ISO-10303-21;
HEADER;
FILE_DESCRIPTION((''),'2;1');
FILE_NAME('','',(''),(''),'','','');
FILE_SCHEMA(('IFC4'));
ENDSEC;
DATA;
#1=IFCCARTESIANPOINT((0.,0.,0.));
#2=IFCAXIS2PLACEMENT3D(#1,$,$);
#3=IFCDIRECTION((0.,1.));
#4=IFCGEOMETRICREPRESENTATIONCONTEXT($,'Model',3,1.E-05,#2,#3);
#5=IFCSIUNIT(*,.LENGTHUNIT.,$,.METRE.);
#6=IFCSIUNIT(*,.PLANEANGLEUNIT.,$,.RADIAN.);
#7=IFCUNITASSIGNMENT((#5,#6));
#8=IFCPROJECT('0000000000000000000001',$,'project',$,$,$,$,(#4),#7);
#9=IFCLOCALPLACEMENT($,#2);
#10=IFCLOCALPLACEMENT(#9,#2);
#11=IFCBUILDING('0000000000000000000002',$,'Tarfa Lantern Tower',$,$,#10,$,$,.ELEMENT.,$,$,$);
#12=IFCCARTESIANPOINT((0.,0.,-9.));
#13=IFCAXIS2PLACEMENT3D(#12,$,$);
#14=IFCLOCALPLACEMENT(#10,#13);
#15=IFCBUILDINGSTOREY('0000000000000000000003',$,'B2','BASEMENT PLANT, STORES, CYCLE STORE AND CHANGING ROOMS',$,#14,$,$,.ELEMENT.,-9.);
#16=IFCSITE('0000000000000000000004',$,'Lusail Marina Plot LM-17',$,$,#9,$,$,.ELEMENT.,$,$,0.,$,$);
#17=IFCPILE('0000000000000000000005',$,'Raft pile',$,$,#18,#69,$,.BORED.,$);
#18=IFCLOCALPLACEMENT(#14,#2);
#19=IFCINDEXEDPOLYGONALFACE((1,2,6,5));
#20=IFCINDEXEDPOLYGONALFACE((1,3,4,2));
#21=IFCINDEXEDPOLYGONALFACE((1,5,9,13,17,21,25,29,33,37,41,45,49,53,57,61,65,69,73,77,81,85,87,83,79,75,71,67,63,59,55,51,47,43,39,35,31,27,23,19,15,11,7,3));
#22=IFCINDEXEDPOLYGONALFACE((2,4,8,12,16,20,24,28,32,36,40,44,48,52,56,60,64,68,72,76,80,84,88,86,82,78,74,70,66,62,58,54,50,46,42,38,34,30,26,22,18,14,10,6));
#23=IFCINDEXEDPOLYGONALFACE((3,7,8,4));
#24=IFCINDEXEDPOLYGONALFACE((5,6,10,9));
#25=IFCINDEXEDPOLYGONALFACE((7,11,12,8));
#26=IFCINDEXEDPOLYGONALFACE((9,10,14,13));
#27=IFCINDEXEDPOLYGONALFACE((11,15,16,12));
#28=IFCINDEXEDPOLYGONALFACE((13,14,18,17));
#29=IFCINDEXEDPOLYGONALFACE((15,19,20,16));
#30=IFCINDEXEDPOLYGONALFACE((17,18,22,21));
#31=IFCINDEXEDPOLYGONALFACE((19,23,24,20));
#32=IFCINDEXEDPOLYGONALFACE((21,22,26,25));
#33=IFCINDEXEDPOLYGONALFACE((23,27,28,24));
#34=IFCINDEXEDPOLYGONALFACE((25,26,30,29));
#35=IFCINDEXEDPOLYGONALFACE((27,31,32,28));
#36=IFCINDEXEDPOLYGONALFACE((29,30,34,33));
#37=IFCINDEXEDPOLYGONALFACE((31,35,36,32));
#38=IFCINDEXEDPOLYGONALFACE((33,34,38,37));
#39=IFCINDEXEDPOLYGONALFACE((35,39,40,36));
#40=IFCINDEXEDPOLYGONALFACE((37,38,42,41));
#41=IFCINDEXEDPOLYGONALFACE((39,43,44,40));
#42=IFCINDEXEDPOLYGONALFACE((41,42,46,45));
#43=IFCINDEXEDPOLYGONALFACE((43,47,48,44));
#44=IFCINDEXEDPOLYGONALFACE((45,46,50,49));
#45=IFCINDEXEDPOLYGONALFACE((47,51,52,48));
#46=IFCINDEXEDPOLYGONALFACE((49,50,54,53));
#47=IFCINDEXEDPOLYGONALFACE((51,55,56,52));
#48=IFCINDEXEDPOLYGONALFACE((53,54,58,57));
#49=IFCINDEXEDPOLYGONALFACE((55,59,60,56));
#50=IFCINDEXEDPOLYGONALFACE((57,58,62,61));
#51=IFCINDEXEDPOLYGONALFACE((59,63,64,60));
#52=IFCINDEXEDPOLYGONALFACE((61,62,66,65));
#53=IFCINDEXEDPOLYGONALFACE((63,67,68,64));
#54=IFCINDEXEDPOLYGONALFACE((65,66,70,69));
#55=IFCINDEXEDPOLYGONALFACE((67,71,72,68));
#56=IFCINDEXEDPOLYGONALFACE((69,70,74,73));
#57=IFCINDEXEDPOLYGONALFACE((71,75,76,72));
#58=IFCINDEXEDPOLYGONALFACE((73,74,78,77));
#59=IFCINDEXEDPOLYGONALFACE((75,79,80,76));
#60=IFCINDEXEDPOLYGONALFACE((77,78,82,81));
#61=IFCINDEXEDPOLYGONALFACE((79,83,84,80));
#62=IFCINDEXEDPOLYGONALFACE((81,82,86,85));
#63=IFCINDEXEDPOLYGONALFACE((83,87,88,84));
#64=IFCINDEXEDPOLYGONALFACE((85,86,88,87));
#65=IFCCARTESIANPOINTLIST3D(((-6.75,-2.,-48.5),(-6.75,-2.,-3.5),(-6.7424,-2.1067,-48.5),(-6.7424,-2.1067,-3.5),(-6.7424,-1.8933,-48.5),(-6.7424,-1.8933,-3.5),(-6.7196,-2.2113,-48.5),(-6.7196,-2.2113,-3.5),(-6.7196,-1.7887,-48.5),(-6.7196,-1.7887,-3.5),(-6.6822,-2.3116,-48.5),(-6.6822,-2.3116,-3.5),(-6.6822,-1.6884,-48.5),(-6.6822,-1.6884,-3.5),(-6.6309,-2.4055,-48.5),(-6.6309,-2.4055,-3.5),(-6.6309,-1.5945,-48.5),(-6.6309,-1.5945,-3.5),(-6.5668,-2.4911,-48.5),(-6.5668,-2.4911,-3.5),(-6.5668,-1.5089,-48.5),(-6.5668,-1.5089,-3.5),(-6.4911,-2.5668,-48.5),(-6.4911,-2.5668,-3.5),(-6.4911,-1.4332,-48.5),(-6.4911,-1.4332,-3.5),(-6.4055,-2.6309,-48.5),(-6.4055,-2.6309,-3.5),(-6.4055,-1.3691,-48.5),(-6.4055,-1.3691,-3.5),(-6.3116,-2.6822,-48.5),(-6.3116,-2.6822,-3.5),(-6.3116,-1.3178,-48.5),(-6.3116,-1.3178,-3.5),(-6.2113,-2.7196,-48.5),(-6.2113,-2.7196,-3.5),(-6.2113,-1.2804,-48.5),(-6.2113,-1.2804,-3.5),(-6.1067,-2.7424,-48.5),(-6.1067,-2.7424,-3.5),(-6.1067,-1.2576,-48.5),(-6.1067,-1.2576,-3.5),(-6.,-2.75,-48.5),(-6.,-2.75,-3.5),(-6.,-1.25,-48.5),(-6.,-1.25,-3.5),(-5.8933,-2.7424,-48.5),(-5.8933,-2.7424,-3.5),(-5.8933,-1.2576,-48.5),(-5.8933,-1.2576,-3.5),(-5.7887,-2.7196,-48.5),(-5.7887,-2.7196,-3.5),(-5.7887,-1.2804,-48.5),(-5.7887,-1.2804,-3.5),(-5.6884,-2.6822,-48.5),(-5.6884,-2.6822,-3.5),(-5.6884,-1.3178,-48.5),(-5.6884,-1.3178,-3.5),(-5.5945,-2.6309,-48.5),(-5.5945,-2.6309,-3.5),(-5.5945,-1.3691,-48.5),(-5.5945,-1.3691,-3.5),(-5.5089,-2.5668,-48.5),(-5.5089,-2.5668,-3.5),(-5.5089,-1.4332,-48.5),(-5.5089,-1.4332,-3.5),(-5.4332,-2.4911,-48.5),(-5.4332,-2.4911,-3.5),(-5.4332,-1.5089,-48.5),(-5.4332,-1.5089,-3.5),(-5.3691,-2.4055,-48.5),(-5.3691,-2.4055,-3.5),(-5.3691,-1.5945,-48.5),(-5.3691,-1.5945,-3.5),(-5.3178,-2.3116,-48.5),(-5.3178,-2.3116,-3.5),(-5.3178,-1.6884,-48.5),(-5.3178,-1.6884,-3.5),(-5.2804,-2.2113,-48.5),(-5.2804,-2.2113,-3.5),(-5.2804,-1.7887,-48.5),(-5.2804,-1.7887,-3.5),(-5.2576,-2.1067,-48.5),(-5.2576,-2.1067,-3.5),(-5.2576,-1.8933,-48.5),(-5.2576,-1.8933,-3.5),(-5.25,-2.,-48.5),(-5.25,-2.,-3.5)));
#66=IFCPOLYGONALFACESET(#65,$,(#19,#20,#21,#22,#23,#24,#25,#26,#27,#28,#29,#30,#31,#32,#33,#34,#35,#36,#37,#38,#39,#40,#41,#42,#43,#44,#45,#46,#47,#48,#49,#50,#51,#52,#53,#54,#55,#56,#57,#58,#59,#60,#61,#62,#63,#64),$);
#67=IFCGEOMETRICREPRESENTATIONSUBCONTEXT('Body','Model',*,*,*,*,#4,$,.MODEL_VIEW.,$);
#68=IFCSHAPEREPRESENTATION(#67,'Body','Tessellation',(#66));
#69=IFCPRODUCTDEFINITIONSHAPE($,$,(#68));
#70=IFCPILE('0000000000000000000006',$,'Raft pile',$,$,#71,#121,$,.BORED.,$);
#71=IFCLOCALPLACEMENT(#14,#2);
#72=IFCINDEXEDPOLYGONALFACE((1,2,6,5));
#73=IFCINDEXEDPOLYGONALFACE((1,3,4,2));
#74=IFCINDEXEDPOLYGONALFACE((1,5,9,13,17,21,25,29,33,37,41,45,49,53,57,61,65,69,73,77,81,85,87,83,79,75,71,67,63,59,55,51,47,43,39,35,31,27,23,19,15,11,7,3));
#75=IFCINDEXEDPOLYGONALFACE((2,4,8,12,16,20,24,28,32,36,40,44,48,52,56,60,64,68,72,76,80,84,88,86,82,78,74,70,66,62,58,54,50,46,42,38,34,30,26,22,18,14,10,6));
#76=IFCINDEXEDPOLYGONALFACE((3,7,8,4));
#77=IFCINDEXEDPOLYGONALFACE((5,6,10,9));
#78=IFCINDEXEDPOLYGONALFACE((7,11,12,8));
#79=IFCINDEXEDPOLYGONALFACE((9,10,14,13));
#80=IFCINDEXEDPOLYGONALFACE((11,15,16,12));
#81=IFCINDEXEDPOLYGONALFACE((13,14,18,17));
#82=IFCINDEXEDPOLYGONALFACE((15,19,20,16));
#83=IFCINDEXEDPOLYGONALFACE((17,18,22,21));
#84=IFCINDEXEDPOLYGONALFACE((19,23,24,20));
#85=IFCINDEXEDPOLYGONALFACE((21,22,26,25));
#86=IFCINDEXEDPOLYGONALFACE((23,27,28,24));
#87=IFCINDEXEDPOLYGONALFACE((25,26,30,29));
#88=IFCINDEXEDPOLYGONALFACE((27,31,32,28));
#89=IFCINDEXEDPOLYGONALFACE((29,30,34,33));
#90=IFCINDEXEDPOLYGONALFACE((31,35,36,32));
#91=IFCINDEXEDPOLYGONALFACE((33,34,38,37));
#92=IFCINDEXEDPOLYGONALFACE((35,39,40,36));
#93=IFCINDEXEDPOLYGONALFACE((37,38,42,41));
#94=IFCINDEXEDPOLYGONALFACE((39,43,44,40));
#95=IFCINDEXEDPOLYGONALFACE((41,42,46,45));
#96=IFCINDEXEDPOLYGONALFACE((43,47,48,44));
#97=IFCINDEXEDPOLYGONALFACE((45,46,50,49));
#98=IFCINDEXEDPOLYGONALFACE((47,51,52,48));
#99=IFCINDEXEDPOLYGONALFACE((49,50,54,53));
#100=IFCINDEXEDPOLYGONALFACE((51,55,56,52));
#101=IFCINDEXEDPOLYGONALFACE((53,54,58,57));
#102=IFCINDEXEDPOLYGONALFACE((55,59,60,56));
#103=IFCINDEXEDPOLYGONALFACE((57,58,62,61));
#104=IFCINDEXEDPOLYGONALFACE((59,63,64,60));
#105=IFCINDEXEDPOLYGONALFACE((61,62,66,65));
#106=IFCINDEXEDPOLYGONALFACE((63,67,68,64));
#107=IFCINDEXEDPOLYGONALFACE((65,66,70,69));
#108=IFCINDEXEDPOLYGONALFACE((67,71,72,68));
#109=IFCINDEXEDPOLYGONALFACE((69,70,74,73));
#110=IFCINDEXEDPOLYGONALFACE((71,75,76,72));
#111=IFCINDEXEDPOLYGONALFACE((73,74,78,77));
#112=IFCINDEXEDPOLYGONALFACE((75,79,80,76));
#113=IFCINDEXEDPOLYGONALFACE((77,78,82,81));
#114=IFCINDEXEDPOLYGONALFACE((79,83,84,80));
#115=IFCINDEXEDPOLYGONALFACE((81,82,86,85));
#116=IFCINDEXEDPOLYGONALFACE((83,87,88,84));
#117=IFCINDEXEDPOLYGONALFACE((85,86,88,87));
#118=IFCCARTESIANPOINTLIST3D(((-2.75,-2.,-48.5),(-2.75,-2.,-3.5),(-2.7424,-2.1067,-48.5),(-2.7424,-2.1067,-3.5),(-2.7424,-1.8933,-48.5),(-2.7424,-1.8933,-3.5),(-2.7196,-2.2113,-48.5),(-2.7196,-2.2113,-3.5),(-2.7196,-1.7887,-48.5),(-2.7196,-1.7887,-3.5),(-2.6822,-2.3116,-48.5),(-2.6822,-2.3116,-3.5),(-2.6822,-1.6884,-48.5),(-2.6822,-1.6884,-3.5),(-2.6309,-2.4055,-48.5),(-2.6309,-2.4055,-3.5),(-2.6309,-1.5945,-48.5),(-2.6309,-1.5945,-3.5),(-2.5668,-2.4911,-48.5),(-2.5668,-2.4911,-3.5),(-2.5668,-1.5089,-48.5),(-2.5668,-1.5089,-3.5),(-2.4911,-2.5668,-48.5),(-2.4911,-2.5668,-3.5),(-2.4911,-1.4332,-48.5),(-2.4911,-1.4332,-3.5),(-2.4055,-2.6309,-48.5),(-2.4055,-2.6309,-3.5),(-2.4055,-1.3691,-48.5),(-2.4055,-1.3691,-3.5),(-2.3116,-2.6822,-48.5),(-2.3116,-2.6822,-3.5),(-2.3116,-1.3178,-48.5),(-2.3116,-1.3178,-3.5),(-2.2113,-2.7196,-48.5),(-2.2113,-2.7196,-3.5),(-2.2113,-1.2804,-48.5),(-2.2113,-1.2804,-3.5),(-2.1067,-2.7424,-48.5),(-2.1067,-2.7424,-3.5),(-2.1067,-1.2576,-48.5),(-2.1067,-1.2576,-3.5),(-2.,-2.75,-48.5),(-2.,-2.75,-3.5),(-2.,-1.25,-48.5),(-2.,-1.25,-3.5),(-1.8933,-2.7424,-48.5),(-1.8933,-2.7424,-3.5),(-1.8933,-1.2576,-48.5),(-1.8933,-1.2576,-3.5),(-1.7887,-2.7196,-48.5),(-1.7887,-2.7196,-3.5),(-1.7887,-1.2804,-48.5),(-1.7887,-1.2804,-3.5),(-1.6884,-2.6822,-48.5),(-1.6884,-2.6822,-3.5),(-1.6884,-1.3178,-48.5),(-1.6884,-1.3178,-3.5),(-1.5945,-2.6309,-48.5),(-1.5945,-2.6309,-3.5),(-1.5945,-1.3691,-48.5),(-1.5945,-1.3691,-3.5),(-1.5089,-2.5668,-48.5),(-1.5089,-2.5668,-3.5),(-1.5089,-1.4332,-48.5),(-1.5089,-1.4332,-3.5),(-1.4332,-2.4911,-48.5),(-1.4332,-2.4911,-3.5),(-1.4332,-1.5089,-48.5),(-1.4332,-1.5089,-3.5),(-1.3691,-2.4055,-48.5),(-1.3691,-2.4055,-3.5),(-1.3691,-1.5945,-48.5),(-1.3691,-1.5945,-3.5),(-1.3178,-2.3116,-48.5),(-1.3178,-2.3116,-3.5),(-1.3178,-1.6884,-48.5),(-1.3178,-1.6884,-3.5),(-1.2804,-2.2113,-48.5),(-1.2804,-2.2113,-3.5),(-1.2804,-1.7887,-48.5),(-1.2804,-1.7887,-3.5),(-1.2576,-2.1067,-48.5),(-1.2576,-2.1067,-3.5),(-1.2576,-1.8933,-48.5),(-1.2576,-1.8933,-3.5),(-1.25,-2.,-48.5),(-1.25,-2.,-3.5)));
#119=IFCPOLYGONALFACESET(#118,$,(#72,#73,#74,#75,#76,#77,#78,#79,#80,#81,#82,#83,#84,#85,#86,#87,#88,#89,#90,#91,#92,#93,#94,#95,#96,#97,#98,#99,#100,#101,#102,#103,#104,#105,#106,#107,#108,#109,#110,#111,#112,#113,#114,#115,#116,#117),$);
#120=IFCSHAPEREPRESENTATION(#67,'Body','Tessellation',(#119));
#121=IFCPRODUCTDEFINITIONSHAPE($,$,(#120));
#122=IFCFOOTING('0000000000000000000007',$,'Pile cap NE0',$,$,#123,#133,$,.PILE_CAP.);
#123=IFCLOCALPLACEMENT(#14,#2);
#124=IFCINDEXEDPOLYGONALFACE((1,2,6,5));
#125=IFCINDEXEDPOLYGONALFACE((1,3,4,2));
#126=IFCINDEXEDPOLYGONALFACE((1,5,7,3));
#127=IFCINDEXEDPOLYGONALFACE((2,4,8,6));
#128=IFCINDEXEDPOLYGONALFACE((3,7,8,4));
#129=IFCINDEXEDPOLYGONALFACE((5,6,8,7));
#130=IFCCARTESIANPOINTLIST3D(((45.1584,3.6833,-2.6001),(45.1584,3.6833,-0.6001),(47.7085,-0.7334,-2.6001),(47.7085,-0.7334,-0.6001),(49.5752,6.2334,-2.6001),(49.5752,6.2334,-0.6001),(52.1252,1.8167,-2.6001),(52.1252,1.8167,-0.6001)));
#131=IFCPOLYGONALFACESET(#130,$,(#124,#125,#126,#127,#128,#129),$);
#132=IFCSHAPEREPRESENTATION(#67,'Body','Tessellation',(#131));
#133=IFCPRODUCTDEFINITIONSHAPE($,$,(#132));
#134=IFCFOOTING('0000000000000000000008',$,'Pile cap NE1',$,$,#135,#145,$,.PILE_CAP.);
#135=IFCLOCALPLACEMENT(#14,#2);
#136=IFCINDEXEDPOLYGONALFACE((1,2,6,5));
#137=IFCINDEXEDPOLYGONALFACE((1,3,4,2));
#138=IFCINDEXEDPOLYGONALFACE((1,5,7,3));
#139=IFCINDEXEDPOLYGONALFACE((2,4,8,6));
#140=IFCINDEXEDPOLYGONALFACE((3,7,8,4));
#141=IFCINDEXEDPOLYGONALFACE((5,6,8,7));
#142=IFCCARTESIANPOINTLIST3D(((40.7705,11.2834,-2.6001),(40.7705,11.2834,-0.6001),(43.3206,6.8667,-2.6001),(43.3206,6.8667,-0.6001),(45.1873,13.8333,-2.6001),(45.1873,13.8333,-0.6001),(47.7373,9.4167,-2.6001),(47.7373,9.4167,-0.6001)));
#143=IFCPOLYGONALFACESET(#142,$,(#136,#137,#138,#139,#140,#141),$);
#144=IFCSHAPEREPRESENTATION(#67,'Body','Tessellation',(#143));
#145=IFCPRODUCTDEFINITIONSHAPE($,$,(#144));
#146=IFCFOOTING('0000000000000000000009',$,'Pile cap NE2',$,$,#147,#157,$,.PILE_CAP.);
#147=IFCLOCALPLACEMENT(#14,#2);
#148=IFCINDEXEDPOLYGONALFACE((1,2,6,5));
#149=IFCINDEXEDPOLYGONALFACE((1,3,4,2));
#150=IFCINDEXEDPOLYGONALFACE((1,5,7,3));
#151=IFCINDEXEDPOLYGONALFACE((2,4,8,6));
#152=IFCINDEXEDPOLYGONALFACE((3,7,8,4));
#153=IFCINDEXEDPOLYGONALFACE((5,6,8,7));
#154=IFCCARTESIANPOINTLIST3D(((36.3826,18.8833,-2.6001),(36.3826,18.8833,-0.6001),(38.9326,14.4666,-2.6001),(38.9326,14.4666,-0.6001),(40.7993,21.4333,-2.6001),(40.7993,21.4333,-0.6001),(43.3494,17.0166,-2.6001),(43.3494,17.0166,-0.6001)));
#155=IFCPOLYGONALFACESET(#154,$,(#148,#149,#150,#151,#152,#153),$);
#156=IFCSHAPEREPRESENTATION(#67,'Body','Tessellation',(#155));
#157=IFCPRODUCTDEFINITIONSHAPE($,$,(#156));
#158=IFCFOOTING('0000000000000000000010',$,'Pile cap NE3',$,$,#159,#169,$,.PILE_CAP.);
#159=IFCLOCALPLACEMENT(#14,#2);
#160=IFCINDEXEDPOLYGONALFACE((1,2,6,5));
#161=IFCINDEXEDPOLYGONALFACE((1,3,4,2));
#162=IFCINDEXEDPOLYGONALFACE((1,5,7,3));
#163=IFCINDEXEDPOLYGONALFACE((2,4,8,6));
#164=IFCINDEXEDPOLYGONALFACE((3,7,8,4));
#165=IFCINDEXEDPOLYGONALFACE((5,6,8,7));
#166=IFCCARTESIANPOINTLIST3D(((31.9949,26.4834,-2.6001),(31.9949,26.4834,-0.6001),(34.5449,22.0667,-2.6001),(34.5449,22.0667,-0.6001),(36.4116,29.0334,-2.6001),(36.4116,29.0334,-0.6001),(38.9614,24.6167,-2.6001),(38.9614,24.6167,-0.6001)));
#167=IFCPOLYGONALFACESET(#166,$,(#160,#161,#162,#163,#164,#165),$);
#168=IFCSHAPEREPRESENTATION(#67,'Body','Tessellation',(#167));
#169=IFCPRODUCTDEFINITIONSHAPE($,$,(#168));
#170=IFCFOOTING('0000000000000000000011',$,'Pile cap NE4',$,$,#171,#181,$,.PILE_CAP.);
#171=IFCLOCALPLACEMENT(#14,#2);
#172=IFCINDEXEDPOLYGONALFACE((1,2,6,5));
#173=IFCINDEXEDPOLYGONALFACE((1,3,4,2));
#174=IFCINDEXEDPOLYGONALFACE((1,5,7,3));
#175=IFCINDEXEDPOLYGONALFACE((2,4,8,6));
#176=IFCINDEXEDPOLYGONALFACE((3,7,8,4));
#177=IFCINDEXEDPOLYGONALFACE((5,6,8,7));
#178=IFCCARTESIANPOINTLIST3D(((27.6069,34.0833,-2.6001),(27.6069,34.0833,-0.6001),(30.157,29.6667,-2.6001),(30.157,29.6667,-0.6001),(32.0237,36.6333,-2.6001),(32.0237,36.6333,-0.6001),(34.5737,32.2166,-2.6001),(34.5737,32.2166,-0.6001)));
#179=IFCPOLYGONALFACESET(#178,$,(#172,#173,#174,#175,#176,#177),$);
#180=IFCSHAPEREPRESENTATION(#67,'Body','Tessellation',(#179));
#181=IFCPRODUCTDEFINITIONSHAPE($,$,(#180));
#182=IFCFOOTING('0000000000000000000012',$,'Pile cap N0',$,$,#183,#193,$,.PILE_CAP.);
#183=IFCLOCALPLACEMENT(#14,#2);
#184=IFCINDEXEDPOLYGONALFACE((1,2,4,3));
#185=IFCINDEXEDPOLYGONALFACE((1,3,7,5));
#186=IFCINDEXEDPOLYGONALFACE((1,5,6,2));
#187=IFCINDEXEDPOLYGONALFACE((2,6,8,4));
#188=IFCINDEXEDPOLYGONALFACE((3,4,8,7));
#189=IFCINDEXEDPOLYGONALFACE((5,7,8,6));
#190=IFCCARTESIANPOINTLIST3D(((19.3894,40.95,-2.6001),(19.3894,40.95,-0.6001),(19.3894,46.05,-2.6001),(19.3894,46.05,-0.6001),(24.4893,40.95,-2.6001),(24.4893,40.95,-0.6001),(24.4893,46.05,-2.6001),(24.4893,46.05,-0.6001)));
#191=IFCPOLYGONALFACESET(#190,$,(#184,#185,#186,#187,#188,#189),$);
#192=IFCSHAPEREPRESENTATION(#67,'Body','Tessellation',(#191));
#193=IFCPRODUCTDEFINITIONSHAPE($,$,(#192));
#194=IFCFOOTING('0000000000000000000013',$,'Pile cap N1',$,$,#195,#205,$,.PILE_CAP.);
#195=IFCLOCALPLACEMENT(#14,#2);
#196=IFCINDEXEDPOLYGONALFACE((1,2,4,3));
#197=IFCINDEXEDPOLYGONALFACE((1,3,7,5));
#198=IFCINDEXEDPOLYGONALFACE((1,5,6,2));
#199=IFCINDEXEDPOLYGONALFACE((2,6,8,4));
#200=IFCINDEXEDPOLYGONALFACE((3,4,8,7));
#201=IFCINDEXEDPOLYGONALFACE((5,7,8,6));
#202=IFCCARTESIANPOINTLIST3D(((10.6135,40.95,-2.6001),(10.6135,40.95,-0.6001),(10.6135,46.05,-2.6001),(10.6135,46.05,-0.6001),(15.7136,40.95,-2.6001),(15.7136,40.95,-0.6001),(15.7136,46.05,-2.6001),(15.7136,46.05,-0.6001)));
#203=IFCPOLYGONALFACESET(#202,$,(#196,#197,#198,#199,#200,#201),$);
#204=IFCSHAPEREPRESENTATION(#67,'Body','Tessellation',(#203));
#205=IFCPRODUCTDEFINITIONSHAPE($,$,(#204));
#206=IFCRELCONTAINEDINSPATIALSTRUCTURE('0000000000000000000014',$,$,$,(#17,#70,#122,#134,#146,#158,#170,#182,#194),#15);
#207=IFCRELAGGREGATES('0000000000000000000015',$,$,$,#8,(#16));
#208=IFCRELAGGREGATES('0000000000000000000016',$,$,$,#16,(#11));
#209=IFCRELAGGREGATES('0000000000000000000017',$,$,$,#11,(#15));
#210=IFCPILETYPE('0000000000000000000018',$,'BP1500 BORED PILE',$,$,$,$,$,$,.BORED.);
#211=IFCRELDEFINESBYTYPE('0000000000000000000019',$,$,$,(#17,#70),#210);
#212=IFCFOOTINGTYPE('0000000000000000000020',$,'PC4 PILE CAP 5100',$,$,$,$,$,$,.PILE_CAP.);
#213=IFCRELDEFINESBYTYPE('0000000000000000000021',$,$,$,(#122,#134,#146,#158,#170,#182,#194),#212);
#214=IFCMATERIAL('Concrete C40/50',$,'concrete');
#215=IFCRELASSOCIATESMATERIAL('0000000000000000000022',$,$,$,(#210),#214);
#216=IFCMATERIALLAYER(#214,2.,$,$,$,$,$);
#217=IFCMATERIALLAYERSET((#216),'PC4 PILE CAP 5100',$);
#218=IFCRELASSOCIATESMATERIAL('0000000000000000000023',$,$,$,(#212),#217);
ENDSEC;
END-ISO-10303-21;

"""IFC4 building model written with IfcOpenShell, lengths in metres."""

from ifc_helpers import new_model, si_unit, direction, frame, origin, origin_2d, place, context, subcontext, project, spatial, polyline, circle, outline, extrude, material, layer, layer_set, material_profile, profile_set, type_object, element, save


model = new_model("IFC4")

# Units and contexts
model_context = context("Model", 3, precision=1e-05, world=origin(), true_north=direction((0.0, 1.0)))
body_context = subcontext(model_context, "Body", "Model", "MODEL_VIEW")
ifc_project = project(units=[si_unit("LENGTHUNIT", "METRE"), si_unit("PLANEANGLEUNIT", "RADIAN")], contexts=[model_context])

# Site, building, storey
site_placement = place(None, origin())
site = spatial("IfcSite", under=ifc_project, at=site_placement, Name="Lusail Marina Plot LM-17", CompositionType="ELEMENT", RefElevation=0.0)
building_placement = place(site_placement, origin())
building = spatial("IfcBuilding", under=site, at=building_placement, Name="Tarfa Lantern Tower", CompositionType="ELEMENT")
storey_placement = place(building_placement, frame((0.0, 0.0, -9.0)))
storey = spatial("IfcBuildingStorey", under=building, at=storey_placement, Name="B2", Description="BASEMENT PLANT, STORES, CYCLE STORE AND CHANGING ROOMS", CompositionType="ELEMENT", Elevation=-9.0)

# Piles
ifc_material_1 = material(Name="Concrete C40/50", Category="concrete")
ifc_material_profile = material_profile(ifc_material_1, circle(Radius=0.75, at=origin_2d()), Name="BORED PILE D1500")
ifc_profile_set = profile_set([ifc_material_profile], Name="Concrete C40/50")
pile_type = type_object("IfcPileType", Name="BP1500 BORED PILE", PredefinedType="BORED", material=ifc_profile_set)
for number, where, z_axis, x_axis, name in (
    (1, (-6.0, -2.0, -3.5), (0.0, 0.0, -1.0), (1.0, 0.0, 0.0), "Raft pile"),
    (2, (-2.0, -2.0, -3.5), (0.0, 0.0, -1.0), (1.0, 0.0, 0.0), "Raft pile"),
):
    element("IfcPile", number, at=place(storey_placement, frame(where, z_axis=z_axis, x_axis=x_axis)), inside=storey, type_object=pile_type, Name=name, PredefinedType="BORED", context=body_context, shape_type="SweptSolid", body=[
        extrude(circle(Radius=0.75, at=origin_2d()), origin(), (0.0, 0.0, 1.0), 45.0),
    ])

# Footings
ifc_layer_1 = layer(ifc_material_1, 2.0)
ifc_layer_set_1 = layer_set([ifc_layer_1], Name="PC4 PILE CAP 5100")
footing_type_1 = type_object("IfcFootingType", Name="PC4 PILE CAP 5100", PredefinedType="PILE_CAP", material=ifc_layer_set_1)
footing_1_placement = place(storey_placement, frame((0.0, 0.0, -2.6001)))
element("IfcFooting", 3, at=footing_1_placement, inside=storey, type_object=footing_type_1, Name="Pile cap NE0", PredefinedType="PILE_CAP", context=body_context, shape_type="SweptSolid", body=[
    extrude(outline(polyline([(52.1252, 1.8167), (49.5752, 6.2334), (45.1584, 3.6833), (47.7085, -0.7334), (52.1252, 1.8167)])), origin(), (0.0, 0.0, 1.0), 2.0),
])
footing_2_placement = place(storey_placement, frame((0.0, 0.0, -2.6001)))
element("IfcFooting", 4, at=footing_2_placement, inside=storey, type_object=footing_type_1, Name="Pile cap NE1", PredefinedType="PILE_CAP", context=body_context, shape_type="SweptSolid", body=[
    extrude(outline(polyline([(47.7373, 9.4167), (45.1873, 13.8333), (40.7705, 11.2834), (43.3206, 6.8667), (47.7373, 9.4167)])), origin(), (0.0, 0.0, 1.0), 2.0),
])
footing_3_placement = place(storey_placement, frame((0.0, 0.0, -2.6001)))
element("IfcFooting", 5, at=footing_3_placement, inside=storey, type_object=footing_type_1, Name="Pile cap NE2", PredefinedType="PILE_CAP", context=body_context, shape_type="SweptSolid", body=[
    extrude(outline(polyline([(43.3494, 17.0166), (40.7993, 21.4333), (36.3826, 18.8833), (38.9326, 14.4666), (43.3494, 17.0166)])), origin(), (0.0, 0.0, 1.0), 2.0),
])
footing_4_placement = place(storey_placement, frame((0.0, 0.0, -2.6001)))
element("IfcFooting", 6, at=footing_4_placement, inside=storey, type_object=footing_type_1, Name="Pile cap NE3", PredefinedType="PILE_CAP", context=body_context, shape_type="SweptSolid", body=[
    extrude(outline(polyline([(38.9614, 24.6167), (36.4116, 29.0334), (31.9949, 26.4834), (34.5449, 22.0667), (38.9614, 24.6167)])), origin(), (0.0, 0.0, 1.0), 2.0),
])
footing_5_placement = place(storey_placement, frame((0.0, 0.0, -2.6001)))
element("IfcFooting", 7, at=footing_5_placement, inside=storey, type_object=footing_type_1, Name="Pile cap NE4", PredefinedType="PILE_CAP", context=body_context, shape_type="SweptSolid", body=[
    extrude(outline(polyline([(34.5737, 32.2166), (32.0237, 36.6333), (27.6069, 34.0833), (30.157, 29.6667), (34.5737, 32.2166)])), origin(), (0.0, 0.0, 1.0), 2.0),
])
footing_6_placement = place(storey_placement, frame((0.0, 0.0, -2.6001)))
element("IfcFooting", 8, at=footing_6_placement, inside=storey, type_object=footing_type_1, Name="Pile cap N0", PredefinedType="PILE_CAP", context=body_context, shape_type="SweptSolid", body=[
    extrude(outline(polyline([(24.4893, 46.05), (19.3894, 46.05), (19.3894, 40.95), (24.4893, 40.95), (24.4893, 46.05)])), origin(), (0.0, 0.0, 1.0), 2.0),
])
footing_7_placement = place(storey_placement, frame((0.0, 0.0, -2.6001)))
element("IfcFooting", 9, at=footing_7_placement, inside=storey, type_object=footing_type_1, Name="Pile cap N1", PredefinedType="PILE_CAP", context=body_context, shape_type="SweptSolid", body=[
    extrude(outline(polyline([(15.7136, 46.05), (10.6135, 46.05), (10.6135, 40.95), (15.7136, 40.95), (15.7136, 46.05)])), origin(), (0.0, 0.0, 1.0), 2.0),
])

save(model, "model.ifc")
